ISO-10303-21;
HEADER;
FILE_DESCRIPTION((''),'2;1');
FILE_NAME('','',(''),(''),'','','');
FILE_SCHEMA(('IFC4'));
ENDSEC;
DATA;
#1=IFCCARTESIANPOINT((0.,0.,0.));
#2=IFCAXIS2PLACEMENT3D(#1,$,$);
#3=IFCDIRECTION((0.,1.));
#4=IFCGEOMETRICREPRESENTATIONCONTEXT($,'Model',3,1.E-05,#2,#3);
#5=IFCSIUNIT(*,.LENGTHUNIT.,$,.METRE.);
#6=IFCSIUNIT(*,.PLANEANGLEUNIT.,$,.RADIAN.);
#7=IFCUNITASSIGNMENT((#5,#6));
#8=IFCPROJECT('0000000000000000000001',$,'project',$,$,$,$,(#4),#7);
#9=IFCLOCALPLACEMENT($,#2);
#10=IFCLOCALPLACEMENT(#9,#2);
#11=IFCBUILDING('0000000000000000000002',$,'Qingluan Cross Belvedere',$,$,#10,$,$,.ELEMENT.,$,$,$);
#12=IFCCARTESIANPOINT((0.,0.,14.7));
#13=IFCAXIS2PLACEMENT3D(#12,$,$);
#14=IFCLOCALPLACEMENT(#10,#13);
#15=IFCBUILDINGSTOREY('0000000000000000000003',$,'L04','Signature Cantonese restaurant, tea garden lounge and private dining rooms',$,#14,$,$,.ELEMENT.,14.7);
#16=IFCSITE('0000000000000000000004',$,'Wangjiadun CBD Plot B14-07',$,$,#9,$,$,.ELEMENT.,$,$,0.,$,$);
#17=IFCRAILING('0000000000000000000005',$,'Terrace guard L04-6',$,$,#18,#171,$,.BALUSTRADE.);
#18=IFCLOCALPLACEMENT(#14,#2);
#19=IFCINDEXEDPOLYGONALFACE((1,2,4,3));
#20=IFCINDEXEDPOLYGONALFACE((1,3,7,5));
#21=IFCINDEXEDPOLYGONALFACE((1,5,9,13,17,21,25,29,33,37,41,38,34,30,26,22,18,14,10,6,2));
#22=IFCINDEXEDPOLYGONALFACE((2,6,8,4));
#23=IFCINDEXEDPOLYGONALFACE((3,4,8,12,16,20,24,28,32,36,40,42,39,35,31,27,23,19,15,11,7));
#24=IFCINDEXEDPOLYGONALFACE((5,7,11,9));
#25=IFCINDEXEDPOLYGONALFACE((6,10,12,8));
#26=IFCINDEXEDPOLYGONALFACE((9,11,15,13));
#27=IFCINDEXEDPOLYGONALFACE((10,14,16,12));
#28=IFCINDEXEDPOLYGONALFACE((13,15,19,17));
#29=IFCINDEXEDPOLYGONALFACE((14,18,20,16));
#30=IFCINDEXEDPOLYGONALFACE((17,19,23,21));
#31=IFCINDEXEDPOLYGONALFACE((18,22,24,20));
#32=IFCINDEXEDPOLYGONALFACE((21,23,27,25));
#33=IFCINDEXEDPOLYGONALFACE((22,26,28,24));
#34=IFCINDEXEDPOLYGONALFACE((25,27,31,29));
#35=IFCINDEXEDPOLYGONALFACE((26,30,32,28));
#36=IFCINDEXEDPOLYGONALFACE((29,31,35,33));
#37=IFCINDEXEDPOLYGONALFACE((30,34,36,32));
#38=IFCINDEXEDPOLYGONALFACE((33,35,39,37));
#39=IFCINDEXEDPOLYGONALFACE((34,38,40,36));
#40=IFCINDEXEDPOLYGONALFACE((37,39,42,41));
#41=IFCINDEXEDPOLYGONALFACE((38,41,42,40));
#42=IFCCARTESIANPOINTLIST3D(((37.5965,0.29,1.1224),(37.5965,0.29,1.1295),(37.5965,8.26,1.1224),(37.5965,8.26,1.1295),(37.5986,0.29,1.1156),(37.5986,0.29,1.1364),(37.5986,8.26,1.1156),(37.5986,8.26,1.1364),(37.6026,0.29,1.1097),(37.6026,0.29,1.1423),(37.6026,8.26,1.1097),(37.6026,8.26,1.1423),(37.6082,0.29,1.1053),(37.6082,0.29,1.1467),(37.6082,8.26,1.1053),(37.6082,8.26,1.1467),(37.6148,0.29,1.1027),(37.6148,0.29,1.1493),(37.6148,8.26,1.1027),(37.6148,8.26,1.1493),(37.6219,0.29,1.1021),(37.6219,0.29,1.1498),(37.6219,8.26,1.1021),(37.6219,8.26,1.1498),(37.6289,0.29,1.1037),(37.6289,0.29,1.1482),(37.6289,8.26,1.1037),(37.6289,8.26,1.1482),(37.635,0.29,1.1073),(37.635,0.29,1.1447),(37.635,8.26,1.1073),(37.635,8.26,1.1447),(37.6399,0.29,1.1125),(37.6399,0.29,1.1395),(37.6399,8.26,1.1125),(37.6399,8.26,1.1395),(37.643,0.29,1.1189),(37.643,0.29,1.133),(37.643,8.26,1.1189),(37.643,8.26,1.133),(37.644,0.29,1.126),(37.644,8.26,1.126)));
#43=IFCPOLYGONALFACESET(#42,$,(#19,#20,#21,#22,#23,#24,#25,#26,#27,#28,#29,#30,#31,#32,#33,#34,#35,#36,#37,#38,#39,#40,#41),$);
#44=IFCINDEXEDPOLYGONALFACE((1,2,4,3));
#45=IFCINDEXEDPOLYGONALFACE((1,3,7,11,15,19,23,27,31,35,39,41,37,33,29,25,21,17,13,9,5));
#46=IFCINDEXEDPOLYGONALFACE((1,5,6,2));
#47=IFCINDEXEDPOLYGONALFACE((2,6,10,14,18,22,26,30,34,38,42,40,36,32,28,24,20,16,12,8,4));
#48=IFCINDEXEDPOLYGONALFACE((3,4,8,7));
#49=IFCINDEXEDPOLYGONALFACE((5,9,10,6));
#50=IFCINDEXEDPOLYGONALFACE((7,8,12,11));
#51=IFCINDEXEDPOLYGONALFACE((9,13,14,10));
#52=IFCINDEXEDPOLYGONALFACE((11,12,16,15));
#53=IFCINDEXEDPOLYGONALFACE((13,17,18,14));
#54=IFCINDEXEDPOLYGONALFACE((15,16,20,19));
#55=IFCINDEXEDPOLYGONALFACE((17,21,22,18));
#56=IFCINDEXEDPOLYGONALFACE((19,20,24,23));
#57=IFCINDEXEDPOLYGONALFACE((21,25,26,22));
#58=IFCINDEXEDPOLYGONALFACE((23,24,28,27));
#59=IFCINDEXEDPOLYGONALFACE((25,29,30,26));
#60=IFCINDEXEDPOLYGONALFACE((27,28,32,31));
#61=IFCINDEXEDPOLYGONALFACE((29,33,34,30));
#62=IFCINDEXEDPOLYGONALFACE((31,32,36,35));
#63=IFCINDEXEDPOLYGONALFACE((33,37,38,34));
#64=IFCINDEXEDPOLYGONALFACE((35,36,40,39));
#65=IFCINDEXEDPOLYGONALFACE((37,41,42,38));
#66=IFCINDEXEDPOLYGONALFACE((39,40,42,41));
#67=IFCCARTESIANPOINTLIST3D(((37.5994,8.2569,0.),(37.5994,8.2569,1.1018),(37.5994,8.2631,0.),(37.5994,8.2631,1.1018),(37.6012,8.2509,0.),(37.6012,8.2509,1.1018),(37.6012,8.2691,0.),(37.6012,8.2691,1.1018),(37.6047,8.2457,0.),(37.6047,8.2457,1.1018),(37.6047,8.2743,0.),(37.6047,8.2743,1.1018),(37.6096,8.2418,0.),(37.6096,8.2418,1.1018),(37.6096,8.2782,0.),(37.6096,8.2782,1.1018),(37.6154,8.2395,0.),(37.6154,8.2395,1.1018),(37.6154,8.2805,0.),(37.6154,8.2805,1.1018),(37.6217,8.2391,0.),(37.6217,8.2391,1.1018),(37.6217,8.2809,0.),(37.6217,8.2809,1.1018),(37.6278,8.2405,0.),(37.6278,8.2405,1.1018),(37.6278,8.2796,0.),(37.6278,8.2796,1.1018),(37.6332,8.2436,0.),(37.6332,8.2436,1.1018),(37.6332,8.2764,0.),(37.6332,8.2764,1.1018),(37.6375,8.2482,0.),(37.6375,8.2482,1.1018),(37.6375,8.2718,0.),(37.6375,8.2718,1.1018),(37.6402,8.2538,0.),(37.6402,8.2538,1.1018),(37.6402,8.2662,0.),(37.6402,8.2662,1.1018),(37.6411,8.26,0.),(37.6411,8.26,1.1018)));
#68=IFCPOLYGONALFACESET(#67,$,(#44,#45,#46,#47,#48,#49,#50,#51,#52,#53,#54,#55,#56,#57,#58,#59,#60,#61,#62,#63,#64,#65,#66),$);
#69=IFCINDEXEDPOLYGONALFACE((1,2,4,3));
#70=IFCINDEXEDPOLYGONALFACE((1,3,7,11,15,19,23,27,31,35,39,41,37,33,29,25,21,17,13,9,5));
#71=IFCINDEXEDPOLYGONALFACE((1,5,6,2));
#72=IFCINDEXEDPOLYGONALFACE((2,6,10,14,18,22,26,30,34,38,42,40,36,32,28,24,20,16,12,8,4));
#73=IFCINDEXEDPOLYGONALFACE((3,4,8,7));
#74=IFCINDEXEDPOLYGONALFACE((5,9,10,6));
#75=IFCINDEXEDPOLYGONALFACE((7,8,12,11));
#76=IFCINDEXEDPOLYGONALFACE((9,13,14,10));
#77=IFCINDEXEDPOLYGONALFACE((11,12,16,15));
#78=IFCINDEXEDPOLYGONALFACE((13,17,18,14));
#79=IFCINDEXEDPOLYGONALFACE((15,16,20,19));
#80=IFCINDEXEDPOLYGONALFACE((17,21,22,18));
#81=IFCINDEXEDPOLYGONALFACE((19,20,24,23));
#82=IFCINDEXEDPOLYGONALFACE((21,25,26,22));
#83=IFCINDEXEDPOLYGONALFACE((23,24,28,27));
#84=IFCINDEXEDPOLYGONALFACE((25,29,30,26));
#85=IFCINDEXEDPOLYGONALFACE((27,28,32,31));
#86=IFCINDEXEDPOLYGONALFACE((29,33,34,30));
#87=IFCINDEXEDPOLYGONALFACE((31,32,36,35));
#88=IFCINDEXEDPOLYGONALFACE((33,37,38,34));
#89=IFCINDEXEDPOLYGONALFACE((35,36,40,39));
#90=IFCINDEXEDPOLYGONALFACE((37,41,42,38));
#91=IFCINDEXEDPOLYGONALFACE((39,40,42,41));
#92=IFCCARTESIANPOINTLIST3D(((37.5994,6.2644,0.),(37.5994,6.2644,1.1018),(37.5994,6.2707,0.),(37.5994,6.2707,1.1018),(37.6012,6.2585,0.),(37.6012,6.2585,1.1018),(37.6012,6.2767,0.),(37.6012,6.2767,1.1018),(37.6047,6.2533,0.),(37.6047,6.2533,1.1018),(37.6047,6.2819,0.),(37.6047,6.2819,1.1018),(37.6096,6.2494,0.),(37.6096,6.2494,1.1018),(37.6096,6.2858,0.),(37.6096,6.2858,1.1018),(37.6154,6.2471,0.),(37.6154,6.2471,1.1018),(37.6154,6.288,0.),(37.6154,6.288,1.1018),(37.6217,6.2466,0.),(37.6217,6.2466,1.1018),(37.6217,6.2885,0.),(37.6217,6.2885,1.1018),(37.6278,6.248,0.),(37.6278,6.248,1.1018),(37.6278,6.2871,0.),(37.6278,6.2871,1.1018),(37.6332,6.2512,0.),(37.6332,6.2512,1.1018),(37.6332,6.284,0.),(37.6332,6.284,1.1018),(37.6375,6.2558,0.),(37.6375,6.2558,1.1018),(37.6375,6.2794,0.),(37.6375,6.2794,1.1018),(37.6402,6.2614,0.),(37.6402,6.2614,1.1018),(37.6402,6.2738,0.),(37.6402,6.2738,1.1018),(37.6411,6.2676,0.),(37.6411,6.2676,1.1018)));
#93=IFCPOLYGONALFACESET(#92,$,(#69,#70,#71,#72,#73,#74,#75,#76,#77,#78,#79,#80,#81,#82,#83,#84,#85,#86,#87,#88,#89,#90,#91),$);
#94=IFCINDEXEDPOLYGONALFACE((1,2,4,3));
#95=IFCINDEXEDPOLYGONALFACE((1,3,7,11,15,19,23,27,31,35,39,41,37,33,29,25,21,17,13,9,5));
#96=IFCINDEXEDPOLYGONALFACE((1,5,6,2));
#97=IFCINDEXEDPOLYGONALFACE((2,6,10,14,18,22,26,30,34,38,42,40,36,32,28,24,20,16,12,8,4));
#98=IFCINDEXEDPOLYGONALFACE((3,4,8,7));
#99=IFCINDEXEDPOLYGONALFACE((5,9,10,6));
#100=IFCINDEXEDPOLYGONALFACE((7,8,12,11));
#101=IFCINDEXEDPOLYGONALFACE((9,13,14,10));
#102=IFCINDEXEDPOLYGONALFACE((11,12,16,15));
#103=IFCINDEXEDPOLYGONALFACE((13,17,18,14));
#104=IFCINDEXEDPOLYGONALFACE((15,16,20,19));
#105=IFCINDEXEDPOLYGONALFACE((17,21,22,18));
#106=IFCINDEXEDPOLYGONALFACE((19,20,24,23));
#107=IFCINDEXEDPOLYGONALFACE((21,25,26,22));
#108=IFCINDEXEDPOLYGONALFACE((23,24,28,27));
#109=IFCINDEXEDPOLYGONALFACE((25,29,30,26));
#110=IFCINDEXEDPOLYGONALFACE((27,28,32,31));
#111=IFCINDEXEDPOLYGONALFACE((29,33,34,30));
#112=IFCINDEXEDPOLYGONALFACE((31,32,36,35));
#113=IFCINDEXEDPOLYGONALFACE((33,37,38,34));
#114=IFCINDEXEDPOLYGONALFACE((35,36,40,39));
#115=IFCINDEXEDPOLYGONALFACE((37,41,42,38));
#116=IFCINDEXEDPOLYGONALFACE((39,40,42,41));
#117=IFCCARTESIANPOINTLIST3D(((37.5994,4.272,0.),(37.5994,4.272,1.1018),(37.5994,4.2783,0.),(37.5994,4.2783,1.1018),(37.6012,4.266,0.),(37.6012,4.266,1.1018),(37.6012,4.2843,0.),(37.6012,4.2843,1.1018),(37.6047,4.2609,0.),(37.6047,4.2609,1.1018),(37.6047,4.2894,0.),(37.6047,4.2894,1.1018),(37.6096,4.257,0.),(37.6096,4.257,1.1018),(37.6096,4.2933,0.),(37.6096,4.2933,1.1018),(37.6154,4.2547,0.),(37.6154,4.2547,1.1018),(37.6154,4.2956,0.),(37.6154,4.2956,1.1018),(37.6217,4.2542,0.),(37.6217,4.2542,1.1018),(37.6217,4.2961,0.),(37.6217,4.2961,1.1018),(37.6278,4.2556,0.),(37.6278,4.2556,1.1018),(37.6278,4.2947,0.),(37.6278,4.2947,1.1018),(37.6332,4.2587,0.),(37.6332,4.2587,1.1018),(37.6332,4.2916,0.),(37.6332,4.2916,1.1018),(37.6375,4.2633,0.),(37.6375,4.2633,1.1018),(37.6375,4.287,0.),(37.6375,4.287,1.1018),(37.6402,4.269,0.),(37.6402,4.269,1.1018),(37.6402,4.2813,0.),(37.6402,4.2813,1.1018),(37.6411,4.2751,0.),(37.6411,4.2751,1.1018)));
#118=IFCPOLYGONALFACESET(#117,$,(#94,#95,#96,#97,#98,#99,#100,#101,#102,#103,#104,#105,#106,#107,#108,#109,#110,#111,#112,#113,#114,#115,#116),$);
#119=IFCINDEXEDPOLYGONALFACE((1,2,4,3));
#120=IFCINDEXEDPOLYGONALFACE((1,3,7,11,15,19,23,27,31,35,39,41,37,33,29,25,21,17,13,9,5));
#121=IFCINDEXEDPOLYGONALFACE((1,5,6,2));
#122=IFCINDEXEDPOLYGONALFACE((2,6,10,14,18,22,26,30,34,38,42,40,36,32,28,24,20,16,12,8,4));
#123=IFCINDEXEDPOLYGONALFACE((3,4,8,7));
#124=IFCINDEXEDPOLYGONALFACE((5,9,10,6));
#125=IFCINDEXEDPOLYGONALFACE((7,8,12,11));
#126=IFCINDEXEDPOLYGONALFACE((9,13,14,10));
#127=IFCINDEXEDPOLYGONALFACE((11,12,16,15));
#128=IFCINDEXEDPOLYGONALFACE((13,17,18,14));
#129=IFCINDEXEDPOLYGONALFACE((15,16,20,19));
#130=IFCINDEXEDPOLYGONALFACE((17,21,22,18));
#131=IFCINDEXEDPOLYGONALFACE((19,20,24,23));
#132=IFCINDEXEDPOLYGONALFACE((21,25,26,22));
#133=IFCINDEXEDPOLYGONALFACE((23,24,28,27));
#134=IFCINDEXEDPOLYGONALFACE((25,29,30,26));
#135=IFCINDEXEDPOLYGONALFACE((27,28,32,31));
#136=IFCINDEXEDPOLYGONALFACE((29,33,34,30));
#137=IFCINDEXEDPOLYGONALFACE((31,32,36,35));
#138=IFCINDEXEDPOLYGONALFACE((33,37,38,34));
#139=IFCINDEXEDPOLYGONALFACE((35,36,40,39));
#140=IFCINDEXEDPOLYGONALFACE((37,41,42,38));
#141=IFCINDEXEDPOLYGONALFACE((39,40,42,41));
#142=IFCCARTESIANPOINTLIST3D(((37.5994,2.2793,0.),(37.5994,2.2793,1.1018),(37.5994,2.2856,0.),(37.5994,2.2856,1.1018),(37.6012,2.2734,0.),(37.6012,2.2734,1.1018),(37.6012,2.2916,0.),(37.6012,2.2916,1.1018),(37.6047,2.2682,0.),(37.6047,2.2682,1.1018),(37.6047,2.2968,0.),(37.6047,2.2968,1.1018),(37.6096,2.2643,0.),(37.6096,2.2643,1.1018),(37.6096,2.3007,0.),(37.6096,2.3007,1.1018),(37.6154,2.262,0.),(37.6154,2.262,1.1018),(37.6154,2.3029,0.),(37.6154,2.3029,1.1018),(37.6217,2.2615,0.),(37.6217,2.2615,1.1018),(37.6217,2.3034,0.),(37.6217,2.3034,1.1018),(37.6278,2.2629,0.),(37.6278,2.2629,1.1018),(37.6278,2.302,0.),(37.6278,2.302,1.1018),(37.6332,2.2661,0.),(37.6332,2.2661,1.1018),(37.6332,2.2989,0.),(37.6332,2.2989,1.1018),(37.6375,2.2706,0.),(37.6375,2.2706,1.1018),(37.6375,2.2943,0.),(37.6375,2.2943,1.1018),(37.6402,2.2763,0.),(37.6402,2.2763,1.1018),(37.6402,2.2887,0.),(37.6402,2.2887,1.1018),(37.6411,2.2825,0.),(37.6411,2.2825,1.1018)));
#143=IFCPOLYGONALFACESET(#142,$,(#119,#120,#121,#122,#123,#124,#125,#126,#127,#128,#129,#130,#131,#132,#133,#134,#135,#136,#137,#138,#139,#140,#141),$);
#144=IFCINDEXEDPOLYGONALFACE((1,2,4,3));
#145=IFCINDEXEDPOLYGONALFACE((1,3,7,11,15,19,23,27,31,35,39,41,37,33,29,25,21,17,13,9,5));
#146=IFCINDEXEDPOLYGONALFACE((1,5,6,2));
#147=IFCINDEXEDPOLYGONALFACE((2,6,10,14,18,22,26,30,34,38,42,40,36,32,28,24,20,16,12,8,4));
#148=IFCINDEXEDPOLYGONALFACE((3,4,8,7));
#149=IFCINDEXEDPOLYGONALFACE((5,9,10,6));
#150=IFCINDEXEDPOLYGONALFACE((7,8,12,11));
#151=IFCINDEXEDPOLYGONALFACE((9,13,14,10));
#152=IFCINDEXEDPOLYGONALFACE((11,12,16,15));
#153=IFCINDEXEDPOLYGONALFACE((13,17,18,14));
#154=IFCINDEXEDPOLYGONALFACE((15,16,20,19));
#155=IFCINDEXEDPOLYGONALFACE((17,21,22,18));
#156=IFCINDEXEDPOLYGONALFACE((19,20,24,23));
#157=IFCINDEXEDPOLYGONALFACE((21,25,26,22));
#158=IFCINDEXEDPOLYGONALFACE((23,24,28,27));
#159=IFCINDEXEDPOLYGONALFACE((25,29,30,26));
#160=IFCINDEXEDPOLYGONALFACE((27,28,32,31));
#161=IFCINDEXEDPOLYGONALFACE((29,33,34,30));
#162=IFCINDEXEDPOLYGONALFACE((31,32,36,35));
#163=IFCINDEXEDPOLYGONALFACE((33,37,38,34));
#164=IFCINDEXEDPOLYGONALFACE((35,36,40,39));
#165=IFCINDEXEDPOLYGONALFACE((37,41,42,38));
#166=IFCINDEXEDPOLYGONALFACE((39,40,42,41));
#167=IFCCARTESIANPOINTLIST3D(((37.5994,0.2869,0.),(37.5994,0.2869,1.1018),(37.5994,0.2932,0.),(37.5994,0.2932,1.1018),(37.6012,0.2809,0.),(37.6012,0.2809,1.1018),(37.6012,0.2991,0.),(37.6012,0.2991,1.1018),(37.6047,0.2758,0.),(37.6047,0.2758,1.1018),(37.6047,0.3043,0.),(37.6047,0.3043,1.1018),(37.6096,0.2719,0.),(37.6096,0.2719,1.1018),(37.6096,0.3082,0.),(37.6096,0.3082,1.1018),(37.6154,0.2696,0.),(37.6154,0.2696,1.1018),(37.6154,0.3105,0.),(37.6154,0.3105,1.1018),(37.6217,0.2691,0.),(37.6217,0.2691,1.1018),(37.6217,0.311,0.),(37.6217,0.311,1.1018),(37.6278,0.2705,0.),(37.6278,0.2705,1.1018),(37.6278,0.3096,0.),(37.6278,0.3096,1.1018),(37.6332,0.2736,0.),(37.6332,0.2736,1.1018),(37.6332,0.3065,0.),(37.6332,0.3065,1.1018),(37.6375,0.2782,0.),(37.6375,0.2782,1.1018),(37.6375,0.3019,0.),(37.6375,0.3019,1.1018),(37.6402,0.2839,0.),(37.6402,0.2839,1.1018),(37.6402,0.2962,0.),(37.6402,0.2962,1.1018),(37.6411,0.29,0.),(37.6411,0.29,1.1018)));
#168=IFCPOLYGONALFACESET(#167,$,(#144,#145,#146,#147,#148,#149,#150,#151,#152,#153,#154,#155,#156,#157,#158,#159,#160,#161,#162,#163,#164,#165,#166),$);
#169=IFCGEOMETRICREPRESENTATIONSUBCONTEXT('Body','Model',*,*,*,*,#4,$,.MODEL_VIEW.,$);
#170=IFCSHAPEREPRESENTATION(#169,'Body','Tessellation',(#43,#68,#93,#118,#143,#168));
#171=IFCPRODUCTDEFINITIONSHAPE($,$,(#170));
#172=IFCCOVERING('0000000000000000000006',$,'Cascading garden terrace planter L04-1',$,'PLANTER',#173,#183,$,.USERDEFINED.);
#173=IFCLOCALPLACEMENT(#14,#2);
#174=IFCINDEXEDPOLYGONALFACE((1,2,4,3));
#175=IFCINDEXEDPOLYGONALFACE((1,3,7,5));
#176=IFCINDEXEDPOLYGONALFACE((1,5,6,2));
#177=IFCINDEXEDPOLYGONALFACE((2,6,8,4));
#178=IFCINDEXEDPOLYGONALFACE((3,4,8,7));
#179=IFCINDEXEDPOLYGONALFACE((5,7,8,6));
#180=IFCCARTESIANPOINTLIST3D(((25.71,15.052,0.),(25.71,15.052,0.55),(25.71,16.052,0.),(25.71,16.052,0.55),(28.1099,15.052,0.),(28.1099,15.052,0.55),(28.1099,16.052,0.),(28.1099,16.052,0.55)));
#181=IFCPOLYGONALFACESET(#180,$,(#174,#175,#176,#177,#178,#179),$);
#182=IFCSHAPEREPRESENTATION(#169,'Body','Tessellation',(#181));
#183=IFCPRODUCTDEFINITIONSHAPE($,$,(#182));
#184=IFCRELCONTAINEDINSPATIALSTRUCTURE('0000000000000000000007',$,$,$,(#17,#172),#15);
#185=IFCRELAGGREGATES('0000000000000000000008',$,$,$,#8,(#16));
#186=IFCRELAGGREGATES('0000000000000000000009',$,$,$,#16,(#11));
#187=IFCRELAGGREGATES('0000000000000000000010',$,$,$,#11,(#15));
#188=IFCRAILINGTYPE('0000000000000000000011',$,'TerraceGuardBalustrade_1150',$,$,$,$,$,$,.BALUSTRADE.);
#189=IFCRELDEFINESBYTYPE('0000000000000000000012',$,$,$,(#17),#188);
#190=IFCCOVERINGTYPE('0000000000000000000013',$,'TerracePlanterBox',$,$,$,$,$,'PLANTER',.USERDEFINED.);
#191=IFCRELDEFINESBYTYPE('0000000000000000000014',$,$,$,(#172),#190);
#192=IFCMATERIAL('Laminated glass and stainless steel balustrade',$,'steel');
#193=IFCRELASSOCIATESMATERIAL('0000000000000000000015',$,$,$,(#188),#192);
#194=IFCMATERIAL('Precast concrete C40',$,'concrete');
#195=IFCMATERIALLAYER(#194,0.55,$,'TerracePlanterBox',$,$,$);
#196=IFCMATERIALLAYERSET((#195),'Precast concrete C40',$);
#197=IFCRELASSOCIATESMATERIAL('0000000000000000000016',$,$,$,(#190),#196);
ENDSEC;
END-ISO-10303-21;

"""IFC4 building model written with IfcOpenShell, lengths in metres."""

from ifc_helpers import new_model, si_unit, direction, frame, origin, origin_2d, place, context, subcontext, project, spatial, rectangle, circle, extrude, material, layer, layer_set, type_object, element, save


model = new_model("IFC4")

# Units and contexts
model_context = context("Model", 3, precision=1e-05, world=origin(), true_north=direction((0.0, 1.0)))
body_context = subcontext(model_context, "Body", "Model", "MODEL_VIEW")
ifc_project = project(units=[si_unit("LENGTHUNIT", "METRE"), si_unit("PLANEANGLEUNIT", "RADIAN")], contexts=[model_context])

# Site, building, storey
site_placement = place(None, origin())
site = spatial("IfcSite", under=ifc_project, at=site_placement, Name="Wangjiadun CBD Plot B14-07", CompositionType="ELEMENT", RefElevation=0.0)
building_placement = place(site_placement, origin())
building = spatial("IfcBuilding", under=site, at=building_placement, Name="Qingluan Cross Belvedere", CompositionType="ELEMENT")
storey_placement = place(building_placement, frame((0.0, 0.0, 14.7)))
storey = spatial("IfcBuildingStorey", under=building, at=storey_placement, Name="L04", Description="Signature Cantonese restaurant, tea garden lounge and private dining rooms", CompositionType="ELEMENT", Elevation=14.7)

# Railing
ifc_material_1 = material(Name="Laminated glass and stainless steel balustrade", Category="steel")
railing_type = type_object("IfcRailingType", Name="TerraceGuardBalustrade_1150", PredefinedType="BALUSTRADE", material=ifc_material_1)
railing_1_placement = place(storey_placement, frame((37.6201, 8.26, 0.0)))
element("IfcRailing", 1, at=railing_1_placement, inside=storey, type_object=railing_type, Name="Terrace guard L04-6", PredefinedType="BALUSTRADE", context=body_context, shape_type="SweptSolid", body=[
    extrude(circle(Radius=0.0239, at=origin_2d()), frame((0.0, 0.0, 1.126), z_axis=(0.0, -1.0, 0.0), x_axis=(1.0, 0.0, 0.0)), (0.0, 0.0, 1.0), 7.97),
    extrude(circle(Radius=0.021, at=origin_2d()), origin(), (0.0, 0.0, 1.0), 1.1018),
    extrude(circle(Radius=0.021, at=origin_2d()), frame((0.0, -1.9924, 0.0)), (0.0, 0.0, 1.0), 1.1018),
    extrude(circle(Radius=0.021, at=origin_2d()), frame((0.0, -3.9849, 0.0)), (0.0, 0.0, 1.0), 1.1018),
    extrude(circle(Radius=0.021, at=origin_2d()), frame((0.0, -5.9775, 0.0)), (0.0, 0.0, 1.0), 1.1018),
    extrude(circle(Radius=0.021, at=origin_2d()), frame((0.0, -7.97, 0.0)), (0.0, 0.0, 1.0), 1.1018),
])

# Covering
ifc_material_2 = material(Name="Precast concrete C40", Category="concrete")
ifc_layer_1 = layer(ifc_material_2, 0.55, Name="TerracePlanterBox")
ifc_layer_set_1 = layer_set([ifc_layer_1], Name="Precast concrete C40")
covering_type = type_object("IfcCoveringType", Name="TerracePlanterBox", ElementType="PLANTER", PredefinedType="USERDEFINED", material=ifc_layer_set_1)
covering_placement = place(storey_placement, frame((26.9099, 15.552, 0.0), z_axis=(0.0, 0.0, 1.0), x_axis=(1.0, 0.0, 0.0)))
element("IfcCovering", 2, at=covering_placement, inside=storey, type_object=covering_type, Name="Cascading garden terrace planter L04-1", ObjectType="PLANTER", PredefinedType="USERDEFINED", context=body_context, shape_type="SweptSolid", body=[
    extrude(rectangle(XDim=2.3999, YDim=1.0, at=origin_2d()), origin(), (0.0, 0.0, 1.0), 0.55),
])

save(model, "model.ifc")
